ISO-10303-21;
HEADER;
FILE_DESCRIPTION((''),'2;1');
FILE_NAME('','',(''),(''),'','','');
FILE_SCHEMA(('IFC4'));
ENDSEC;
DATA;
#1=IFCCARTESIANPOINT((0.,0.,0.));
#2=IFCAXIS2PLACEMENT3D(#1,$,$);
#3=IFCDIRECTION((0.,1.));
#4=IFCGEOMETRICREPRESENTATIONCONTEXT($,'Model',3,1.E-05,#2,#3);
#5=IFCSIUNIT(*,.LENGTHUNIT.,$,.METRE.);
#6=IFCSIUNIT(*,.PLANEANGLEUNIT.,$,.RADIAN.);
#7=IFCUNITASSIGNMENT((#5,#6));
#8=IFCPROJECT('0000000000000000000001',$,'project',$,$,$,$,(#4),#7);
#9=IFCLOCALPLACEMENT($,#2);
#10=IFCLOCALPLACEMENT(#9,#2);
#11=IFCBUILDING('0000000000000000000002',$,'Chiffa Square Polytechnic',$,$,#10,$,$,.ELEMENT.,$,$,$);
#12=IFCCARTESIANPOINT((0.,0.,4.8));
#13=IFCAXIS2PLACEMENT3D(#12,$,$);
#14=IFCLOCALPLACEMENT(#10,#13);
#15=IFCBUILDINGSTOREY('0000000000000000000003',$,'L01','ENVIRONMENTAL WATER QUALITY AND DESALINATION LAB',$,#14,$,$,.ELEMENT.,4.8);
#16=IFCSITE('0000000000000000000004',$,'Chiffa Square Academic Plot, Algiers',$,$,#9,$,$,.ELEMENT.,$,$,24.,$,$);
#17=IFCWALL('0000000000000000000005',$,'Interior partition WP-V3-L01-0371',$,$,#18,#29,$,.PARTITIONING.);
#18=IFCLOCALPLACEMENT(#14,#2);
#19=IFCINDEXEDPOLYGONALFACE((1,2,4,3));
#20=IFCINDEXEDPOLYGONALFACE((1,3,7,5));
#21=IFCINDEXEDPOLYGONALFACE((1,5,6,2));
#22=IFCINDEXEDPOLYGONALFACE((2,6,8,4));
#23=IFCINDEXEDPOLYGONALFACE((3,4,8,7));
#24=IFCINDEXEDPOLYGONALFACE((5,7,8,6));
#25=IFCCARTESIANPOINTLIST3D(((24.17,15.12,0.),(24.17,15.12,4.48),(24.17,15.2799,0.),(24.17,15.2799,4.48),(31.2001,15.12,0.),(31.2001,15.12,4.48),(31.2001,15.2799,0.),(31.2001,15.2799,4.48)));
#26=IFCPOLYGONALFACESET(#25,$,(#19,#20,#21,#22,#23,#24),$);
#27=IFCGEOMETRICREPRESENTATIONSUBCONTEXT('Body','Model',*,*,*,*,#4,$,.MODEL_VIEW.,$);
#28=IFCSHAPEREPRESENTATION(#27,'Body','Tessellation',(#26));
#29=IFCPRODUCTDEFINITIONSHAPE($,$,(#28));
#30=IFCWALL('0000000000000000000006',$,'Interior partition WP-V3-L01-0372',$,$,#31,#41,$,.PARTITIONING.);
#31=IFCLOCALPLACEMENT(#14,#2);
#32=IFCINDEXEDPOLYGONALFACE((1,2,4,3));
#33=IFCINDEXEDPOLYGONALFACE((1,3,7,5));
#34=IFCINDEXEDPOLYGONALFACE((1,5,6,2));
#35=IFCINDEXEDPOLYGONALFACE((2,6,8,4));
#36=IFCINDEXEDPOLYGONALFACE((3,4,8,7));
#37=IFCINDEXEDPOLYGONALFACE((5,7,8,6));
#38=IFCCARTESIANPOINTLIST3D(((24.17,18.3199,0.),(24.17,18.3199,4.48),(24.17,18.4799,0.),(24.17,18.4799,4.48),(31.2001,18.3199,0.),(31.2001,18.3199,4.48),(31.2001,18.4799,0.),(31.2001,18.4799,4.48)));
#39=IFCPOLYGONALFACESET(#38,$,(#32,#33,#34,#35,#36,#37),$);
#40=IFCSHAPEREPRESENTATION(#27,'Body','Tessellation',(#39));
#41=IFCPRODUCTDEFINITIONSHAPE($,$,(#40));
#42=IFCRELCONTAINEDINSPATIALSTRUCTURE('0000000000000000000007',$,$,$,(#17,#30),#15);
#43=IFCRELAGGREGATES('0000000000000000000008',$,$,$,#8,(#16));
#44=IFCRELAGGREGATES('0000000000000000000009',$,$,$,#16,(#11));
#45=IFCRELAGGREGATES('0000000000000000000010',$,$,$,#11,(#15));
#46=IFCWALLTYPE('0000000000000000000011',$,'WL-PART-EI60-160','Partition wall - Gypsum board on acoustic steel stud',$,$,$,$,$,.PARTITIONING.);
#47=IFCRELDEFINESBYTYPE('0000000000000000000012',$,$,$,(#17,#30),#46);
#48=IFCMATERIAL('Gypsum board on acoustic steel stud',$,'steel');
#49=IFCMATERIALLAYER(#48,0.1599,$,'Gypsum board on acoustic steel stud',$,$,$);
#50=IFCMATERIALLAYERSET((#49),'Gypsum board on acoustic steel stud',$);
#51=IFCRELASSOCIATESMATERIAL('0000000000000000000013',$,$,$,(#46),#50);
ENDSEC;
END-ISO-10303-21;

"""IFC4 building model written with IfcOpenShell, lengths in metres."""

from ifc_helpers import new_model, si_unit, direction, frame, frame_2d, origin, place, context, subcontext, project, spatial, rectangle, extrude, material, layer, layer_set, type_object, element, save


model = new_model("IFC4")

# Units and contexts
model_context = context("Model", 3, precision=1e-05, world=origin(), true_north=direction((0.0, 1.0)))
body_context = subcontext(model_context, "Body", "Model", "MODEL_VIEW")
ifc_project = project(units=[si_unit("LENGTHUNIT", "METRE"), si_unit("PLANEANGLEUNIT", "RADIAN")], contexts=[model_context])

# Site, building, storey
site_placement = place(None, origin())
site = spatial("IfcSite", under=ifc_project, at=site_placement, Name="Chiffa Square Academic Plot, Algiers", CompositionType="ELEMENT", RefElevation=24.0)
building_placement = place(site_placement, origin())
building = spatial("IfcBuilding", under=site, at=building_placement, Name="Chiffa Square Polytechnic", CompositionType="ELEMENT")
storey_placement = place(building_placement, frame((0.0, 0.0, 4.8)))
storey = spatial("IfcBuildingStorey", under=building, at=storey_placement, Name="L01", Description="ENVIRONMENTAL WATER QUALITY AND DESALINATION LAB", CompositionType="ELEMENT", Elevation=4.8)

# Shared definitions
ifc_material_1 = material(Name="Gypsum board on acoustic steel stud", Category="steel")
ifc_layer_1 = layer(ifc_material_1, 0.1599, Name="Gypsum board on acoustic steel stud")
ifc_layer_set_1 = layer_set([ifc_layer_1], Name="Gypsum board on acoustic steel stud")
wall_type_1 = type_object("IfcWallType", Name="WL-PART-EI60-160", Description="Partition wall - Gypsum board on acoustic steel stud", PredefinedType="PARTITIONING", material=ifc_layer_set_1)

# Walls
for number, where, z_axis, x_axis, name in (
    (1, (24.1699, 15.2, 0.0), (0.0, 0.0, 1.0), (1.0, 0.0, 0.0), "Interior partition WP-V3-L01-0371"),
    (2, (24.1699, 18.3999, 0.0), (0.0, 0.0, 1.0), (1.0, 0.0, 0.0), "Interior partition WP-V3-L01-0372"),
):
    element("IfcWall", number, at=place(storey_placement, frame(where, z_axis=z_axis, x_axis=x_axis)), inside=storey, type_object=wall_type_1, Name=name, PredefinedType="PARTITIONING", context=body_context, shape_type="SweptSolid", body=[
        extrude(rectangle(XDim=7.03, YDim=0.1599, at=frame_2d((3.5151, 0.0))), origin(), (0.0, 0.0, 1.0), 4.48),
    ])

save(model, "model.ifc")
